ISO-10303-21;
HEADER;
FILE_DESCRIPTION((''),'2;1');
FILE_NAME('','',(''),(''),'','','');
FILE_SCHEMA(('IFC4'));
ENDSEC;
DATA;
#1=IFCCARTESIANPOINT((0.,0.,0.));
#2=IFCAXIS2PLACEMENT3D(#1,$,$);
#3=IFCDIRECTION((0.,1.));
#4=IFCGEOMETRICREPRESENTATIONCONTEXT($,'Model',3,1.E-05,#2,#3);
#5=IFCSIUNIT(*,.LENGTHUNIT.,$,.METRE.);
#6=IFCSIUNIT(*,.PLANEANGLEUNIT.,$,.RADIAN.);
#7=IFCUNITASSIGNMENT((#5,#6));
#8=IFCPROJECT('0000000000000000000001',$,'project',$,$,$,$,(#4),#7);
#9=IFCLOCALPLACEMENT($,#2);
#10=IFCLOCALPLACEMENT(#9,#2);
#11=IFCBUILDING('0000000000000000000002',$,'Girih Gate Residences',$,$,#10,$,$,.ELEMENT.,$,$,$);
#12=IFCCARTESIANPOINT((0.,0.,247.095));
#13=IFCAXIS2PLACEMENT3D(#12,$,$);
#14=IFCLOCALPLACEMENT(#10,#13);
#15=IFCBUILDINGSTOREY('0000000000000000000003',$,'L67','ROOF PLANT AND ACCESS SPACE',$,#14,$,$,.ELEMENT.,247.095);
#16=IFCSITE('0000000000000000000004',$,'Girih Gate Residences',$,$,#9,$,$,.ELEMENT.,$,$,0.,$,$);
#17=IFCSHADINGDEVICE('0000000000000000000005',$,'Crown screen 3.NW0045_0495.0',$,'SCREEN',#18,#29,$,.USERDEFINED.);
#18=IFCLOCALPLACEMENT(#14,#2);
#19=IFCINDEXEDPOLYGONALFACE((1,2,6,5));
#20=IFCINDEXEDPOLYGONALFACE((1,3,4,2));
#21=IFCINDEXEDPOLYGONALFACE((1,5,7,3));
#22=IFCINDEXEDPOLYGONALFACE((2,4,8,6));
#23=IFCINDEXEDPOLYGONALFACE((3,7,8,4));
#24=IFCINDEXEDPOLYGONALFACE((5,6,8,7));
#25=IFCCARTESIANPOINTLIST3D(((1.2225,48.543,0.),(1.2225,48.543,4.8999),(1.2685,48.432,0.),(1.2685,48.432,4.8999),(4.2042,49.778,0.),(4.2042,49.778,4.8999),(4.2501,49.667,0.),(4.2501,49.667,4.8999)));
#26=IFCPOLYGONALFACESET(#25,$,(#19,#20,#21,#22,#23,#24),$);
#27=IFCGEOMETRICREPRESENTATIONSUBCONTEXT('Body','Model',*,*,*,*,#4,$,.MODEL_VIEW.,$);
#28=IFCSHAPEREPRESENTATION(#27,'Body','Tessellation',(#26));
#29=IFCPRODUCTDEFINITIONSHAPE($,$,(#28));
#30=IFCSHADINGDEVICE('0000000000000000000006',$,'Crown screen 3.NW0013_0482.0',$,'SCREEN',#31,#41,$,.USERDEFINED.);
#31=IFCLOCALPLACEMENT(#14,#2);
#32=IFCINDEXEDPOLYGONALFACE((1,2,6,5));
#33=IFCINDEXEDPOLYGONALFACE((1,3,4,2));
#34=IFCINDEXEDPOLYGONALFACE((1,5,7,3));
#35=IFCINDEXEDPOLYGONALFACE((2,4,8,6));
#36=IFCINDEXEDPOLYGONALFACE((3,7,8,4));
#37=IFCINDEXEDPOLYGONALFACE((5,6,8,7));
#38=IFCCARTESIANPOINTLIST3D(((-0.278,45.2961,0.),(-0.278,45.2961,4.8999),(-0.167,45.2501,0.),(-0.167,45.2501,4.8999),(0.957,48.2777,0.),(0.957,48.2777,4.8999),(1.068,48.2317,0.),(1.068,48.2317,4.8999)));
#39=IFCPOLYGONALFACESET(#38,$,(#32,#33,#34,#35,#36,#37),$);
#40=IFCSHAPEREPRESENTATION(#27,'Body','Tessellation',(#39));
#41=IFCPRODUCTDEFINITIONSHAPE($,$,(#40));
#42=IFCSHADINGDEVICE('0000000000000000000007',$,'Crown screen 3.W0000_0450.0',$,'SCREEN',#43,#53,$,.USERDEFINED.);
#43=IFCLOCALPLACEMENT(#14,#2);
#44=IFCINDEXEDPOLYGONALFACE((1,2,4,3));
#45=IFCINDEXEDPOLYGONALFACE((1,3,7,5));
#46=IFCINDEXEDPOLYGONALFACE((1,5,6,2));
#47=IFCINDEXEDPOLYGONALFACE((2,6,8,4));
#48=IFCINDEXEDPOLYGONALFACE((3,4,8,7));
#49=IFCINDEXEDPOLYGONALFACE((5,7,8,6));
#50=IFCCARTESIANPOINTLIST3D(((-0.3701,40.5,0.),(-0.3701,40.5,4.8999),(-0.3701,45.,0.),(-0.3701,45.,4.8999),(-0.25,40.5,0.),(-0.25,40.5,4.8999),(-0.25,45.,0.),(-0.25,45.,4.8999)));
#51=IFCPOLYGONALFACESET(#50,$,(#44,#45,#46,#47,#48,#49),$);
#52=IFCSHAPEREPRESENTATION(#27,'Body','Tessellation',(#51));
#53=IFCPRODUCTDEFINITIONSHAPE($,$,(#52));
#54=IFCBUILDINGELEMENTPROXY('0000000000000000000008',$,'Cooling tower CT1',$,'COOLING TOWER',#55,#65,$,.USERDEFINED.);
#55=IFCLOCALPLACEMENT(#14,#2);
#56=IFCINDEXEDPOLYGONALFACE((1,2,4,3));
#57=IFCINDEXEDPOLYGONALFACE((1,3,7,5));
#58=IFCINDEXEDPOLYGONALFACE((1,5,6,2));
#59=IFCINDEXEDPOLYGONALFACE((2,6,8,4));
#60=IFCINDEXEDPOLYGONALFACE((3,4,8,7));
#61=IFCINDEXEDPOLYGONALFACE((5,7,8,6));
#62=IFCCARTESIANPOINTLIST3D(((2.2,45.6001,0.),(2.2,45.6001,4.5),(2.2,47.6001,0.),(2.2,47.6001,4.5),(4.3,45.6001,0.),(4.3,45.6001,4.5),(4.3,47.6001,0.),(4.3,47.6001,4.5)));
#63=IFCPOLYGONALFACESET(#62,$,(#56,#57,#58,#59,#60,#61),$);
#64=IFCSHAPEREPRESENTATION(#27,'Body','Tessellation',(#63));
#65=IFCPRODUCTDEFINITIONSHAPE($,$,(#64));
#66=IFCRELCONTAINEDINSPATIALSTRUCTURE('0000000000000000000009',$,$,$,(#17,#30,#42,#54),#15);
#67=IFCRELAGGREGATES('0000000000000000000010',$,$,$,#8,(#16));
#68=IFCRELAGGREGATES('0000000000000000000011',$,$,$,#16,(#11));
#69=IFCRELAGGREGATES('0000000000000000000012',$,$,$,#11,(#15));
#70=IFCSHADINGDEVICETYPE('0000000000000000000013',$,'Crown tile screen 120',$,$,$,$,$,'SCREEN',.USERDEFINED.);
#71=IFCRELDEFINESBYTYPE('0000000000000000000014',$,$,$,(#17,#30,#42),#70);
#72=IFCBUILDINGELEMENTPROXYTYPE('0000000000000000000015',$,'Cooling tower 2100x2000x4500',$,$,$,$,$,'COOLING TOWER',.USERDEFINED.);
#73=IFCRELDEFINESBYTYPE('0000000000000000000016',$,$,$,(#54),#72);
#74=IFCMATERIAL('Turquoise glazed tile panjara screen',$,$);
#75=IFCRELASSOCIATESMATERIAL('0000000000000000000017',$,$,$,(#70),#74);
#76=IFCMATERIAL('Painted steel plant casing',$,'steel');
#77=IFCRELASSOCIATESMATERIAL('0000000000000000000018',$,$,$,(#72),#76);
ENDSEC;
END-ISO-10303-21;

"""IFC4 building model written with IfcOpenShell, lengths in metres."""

from ifc_helpers import new_model, si_unit, direction, frame, origin, origin_2d, place, context, subcontext, project, spatial, rectangle, extrude, material, type_object, element, save


model = new_model("IFC4")

# Units and contexts
model_context = context("Model", 3, precision=1e-05, world=origin(), true_north=direction((0.0, 1.0)))
body_context = subcontext(model_context, "Body", "Model", "MODEL_VIEW")
ifc_project = project(units=[si_unit("LENGTHUNIT", "METRE"), si_unit("PLANEANGLEUNIT", "RADIAN")], contexts=[model_context])

# Site, building, storey
site_placement = place(None, origin())
site = spatial("IfcSite", under=ifc_project, at=site_placement, Name="Girih Gate Residences", CompositionType="ELEMENT", RefElevation=0.0)
building_placement = place(site_placement, origin())
building = spatial("IfcBuilding", under=site, at=building_placement, Name="Girih Gate Residences", CompositionType="ELEMENT")
storey_placement = place(building_placement, frame((0.0, 0.0, 247.095)))
storey = spatial("IfcBuildingStorey", under=building, at=storey_placement, Name="L67", Description="ROOF PLANT AND ACCESS SPACE", CompositionType="ELEMENT", Elevation=247.095)

# Shading devices
ifc_material_1 = material(Name="Turquoise glazed tile panjara screen")
shading_device_type_1 = type_object("IfcShadingDeviceType", Name="Crown tile screen 120", ElementType="SCREEN", PredefinedType="USERDEFINED", material=ifc_material_1)
for number, where, z_axis, x_axis, name in (
    (1, (2.7363, 49.105, 0.0), (0.0, 0.0, 1.0), (-0.92388, -0.382683, 0.0), "Crown screen 3.NW0045_0495.0"),
    (2, (0.395, 46.7639, 0.0), (0.0, 0.0, 1.0), (-0.382683, -0.92388, 0.0), "Crown screen 3.NW0013_0482.0"),
):
    element("IfcShadingDevice", number, at=place(storey_placement, frame(where, z_axis=z_axis, x_axis=x_axis)), inside=storey, type_object=shading_device_type_1, Name=name, ObjectType="SCREEN", PredefinedType="USERDEFINED", context=body_context, shape_type="SweptSolid", body=[
        extrude(rectangle(XDim=3.2273, YDim=0.1201, at=origin_2d()), origin(), (0.0, 0.0, 1.0), 4.8999),
    ])
shading_device_placement = place(storey_placement, frame((-0.3101, 42.75, 0.0), z_axis=(0.0, 0.0, 1.0), x_axis=(0.0, -1.0, 0.0)))
element("IfcShadingDevice", 3, at=shading_device_placement, inside=storey, type_object=shading_device_type_1, Name="Crown screen 3.W0000_0450.0", ObjectType="SCREEN", PredefinedType="USERDEFINED", context=body_context, shape_type="SweptSolid", body=[
    extrude(rectangle(XDim=4.5, YDim=0.1201, at=origin_2d()), origin(), (0.0, 0.0, 1.0), 4.8999),
])

# Building element proxy
ifc_material_2 = material(Name="Painted steel plant casing", Category="steel")
building_element_proxy_type = type_object("IfcBuildingElementProxyType", Name="Cooling tower 2100x2000x4500", ElementType="COOLING TOWER", PredefinedType="USERDEFINED", material=ifc_material_2)
proxy_placement = place(storey_placement, frame((3.25, 46.6001, 0.0), z_axis=(0.0, 0.0, 1.0), x_axis=(1.0, 0.0, 0.0)))
element("IfcBuildingElementProxy", 4, at=proxy_placement, inside=storey, type_object=building_element_proxy_type, Name="Cooling tower CT1", ObjectType="COOLING TOWER", PredefinedType="USERDEFINED", context=body_context, shape_type="SweptSolid", body=[
    extrude(rectangle(XDim=2.1001, YDim=2.0, at=origin_2d()), origin(), (0.0, 0.0, 1.0), 4.5),
])

save(model, "model.ifc")
